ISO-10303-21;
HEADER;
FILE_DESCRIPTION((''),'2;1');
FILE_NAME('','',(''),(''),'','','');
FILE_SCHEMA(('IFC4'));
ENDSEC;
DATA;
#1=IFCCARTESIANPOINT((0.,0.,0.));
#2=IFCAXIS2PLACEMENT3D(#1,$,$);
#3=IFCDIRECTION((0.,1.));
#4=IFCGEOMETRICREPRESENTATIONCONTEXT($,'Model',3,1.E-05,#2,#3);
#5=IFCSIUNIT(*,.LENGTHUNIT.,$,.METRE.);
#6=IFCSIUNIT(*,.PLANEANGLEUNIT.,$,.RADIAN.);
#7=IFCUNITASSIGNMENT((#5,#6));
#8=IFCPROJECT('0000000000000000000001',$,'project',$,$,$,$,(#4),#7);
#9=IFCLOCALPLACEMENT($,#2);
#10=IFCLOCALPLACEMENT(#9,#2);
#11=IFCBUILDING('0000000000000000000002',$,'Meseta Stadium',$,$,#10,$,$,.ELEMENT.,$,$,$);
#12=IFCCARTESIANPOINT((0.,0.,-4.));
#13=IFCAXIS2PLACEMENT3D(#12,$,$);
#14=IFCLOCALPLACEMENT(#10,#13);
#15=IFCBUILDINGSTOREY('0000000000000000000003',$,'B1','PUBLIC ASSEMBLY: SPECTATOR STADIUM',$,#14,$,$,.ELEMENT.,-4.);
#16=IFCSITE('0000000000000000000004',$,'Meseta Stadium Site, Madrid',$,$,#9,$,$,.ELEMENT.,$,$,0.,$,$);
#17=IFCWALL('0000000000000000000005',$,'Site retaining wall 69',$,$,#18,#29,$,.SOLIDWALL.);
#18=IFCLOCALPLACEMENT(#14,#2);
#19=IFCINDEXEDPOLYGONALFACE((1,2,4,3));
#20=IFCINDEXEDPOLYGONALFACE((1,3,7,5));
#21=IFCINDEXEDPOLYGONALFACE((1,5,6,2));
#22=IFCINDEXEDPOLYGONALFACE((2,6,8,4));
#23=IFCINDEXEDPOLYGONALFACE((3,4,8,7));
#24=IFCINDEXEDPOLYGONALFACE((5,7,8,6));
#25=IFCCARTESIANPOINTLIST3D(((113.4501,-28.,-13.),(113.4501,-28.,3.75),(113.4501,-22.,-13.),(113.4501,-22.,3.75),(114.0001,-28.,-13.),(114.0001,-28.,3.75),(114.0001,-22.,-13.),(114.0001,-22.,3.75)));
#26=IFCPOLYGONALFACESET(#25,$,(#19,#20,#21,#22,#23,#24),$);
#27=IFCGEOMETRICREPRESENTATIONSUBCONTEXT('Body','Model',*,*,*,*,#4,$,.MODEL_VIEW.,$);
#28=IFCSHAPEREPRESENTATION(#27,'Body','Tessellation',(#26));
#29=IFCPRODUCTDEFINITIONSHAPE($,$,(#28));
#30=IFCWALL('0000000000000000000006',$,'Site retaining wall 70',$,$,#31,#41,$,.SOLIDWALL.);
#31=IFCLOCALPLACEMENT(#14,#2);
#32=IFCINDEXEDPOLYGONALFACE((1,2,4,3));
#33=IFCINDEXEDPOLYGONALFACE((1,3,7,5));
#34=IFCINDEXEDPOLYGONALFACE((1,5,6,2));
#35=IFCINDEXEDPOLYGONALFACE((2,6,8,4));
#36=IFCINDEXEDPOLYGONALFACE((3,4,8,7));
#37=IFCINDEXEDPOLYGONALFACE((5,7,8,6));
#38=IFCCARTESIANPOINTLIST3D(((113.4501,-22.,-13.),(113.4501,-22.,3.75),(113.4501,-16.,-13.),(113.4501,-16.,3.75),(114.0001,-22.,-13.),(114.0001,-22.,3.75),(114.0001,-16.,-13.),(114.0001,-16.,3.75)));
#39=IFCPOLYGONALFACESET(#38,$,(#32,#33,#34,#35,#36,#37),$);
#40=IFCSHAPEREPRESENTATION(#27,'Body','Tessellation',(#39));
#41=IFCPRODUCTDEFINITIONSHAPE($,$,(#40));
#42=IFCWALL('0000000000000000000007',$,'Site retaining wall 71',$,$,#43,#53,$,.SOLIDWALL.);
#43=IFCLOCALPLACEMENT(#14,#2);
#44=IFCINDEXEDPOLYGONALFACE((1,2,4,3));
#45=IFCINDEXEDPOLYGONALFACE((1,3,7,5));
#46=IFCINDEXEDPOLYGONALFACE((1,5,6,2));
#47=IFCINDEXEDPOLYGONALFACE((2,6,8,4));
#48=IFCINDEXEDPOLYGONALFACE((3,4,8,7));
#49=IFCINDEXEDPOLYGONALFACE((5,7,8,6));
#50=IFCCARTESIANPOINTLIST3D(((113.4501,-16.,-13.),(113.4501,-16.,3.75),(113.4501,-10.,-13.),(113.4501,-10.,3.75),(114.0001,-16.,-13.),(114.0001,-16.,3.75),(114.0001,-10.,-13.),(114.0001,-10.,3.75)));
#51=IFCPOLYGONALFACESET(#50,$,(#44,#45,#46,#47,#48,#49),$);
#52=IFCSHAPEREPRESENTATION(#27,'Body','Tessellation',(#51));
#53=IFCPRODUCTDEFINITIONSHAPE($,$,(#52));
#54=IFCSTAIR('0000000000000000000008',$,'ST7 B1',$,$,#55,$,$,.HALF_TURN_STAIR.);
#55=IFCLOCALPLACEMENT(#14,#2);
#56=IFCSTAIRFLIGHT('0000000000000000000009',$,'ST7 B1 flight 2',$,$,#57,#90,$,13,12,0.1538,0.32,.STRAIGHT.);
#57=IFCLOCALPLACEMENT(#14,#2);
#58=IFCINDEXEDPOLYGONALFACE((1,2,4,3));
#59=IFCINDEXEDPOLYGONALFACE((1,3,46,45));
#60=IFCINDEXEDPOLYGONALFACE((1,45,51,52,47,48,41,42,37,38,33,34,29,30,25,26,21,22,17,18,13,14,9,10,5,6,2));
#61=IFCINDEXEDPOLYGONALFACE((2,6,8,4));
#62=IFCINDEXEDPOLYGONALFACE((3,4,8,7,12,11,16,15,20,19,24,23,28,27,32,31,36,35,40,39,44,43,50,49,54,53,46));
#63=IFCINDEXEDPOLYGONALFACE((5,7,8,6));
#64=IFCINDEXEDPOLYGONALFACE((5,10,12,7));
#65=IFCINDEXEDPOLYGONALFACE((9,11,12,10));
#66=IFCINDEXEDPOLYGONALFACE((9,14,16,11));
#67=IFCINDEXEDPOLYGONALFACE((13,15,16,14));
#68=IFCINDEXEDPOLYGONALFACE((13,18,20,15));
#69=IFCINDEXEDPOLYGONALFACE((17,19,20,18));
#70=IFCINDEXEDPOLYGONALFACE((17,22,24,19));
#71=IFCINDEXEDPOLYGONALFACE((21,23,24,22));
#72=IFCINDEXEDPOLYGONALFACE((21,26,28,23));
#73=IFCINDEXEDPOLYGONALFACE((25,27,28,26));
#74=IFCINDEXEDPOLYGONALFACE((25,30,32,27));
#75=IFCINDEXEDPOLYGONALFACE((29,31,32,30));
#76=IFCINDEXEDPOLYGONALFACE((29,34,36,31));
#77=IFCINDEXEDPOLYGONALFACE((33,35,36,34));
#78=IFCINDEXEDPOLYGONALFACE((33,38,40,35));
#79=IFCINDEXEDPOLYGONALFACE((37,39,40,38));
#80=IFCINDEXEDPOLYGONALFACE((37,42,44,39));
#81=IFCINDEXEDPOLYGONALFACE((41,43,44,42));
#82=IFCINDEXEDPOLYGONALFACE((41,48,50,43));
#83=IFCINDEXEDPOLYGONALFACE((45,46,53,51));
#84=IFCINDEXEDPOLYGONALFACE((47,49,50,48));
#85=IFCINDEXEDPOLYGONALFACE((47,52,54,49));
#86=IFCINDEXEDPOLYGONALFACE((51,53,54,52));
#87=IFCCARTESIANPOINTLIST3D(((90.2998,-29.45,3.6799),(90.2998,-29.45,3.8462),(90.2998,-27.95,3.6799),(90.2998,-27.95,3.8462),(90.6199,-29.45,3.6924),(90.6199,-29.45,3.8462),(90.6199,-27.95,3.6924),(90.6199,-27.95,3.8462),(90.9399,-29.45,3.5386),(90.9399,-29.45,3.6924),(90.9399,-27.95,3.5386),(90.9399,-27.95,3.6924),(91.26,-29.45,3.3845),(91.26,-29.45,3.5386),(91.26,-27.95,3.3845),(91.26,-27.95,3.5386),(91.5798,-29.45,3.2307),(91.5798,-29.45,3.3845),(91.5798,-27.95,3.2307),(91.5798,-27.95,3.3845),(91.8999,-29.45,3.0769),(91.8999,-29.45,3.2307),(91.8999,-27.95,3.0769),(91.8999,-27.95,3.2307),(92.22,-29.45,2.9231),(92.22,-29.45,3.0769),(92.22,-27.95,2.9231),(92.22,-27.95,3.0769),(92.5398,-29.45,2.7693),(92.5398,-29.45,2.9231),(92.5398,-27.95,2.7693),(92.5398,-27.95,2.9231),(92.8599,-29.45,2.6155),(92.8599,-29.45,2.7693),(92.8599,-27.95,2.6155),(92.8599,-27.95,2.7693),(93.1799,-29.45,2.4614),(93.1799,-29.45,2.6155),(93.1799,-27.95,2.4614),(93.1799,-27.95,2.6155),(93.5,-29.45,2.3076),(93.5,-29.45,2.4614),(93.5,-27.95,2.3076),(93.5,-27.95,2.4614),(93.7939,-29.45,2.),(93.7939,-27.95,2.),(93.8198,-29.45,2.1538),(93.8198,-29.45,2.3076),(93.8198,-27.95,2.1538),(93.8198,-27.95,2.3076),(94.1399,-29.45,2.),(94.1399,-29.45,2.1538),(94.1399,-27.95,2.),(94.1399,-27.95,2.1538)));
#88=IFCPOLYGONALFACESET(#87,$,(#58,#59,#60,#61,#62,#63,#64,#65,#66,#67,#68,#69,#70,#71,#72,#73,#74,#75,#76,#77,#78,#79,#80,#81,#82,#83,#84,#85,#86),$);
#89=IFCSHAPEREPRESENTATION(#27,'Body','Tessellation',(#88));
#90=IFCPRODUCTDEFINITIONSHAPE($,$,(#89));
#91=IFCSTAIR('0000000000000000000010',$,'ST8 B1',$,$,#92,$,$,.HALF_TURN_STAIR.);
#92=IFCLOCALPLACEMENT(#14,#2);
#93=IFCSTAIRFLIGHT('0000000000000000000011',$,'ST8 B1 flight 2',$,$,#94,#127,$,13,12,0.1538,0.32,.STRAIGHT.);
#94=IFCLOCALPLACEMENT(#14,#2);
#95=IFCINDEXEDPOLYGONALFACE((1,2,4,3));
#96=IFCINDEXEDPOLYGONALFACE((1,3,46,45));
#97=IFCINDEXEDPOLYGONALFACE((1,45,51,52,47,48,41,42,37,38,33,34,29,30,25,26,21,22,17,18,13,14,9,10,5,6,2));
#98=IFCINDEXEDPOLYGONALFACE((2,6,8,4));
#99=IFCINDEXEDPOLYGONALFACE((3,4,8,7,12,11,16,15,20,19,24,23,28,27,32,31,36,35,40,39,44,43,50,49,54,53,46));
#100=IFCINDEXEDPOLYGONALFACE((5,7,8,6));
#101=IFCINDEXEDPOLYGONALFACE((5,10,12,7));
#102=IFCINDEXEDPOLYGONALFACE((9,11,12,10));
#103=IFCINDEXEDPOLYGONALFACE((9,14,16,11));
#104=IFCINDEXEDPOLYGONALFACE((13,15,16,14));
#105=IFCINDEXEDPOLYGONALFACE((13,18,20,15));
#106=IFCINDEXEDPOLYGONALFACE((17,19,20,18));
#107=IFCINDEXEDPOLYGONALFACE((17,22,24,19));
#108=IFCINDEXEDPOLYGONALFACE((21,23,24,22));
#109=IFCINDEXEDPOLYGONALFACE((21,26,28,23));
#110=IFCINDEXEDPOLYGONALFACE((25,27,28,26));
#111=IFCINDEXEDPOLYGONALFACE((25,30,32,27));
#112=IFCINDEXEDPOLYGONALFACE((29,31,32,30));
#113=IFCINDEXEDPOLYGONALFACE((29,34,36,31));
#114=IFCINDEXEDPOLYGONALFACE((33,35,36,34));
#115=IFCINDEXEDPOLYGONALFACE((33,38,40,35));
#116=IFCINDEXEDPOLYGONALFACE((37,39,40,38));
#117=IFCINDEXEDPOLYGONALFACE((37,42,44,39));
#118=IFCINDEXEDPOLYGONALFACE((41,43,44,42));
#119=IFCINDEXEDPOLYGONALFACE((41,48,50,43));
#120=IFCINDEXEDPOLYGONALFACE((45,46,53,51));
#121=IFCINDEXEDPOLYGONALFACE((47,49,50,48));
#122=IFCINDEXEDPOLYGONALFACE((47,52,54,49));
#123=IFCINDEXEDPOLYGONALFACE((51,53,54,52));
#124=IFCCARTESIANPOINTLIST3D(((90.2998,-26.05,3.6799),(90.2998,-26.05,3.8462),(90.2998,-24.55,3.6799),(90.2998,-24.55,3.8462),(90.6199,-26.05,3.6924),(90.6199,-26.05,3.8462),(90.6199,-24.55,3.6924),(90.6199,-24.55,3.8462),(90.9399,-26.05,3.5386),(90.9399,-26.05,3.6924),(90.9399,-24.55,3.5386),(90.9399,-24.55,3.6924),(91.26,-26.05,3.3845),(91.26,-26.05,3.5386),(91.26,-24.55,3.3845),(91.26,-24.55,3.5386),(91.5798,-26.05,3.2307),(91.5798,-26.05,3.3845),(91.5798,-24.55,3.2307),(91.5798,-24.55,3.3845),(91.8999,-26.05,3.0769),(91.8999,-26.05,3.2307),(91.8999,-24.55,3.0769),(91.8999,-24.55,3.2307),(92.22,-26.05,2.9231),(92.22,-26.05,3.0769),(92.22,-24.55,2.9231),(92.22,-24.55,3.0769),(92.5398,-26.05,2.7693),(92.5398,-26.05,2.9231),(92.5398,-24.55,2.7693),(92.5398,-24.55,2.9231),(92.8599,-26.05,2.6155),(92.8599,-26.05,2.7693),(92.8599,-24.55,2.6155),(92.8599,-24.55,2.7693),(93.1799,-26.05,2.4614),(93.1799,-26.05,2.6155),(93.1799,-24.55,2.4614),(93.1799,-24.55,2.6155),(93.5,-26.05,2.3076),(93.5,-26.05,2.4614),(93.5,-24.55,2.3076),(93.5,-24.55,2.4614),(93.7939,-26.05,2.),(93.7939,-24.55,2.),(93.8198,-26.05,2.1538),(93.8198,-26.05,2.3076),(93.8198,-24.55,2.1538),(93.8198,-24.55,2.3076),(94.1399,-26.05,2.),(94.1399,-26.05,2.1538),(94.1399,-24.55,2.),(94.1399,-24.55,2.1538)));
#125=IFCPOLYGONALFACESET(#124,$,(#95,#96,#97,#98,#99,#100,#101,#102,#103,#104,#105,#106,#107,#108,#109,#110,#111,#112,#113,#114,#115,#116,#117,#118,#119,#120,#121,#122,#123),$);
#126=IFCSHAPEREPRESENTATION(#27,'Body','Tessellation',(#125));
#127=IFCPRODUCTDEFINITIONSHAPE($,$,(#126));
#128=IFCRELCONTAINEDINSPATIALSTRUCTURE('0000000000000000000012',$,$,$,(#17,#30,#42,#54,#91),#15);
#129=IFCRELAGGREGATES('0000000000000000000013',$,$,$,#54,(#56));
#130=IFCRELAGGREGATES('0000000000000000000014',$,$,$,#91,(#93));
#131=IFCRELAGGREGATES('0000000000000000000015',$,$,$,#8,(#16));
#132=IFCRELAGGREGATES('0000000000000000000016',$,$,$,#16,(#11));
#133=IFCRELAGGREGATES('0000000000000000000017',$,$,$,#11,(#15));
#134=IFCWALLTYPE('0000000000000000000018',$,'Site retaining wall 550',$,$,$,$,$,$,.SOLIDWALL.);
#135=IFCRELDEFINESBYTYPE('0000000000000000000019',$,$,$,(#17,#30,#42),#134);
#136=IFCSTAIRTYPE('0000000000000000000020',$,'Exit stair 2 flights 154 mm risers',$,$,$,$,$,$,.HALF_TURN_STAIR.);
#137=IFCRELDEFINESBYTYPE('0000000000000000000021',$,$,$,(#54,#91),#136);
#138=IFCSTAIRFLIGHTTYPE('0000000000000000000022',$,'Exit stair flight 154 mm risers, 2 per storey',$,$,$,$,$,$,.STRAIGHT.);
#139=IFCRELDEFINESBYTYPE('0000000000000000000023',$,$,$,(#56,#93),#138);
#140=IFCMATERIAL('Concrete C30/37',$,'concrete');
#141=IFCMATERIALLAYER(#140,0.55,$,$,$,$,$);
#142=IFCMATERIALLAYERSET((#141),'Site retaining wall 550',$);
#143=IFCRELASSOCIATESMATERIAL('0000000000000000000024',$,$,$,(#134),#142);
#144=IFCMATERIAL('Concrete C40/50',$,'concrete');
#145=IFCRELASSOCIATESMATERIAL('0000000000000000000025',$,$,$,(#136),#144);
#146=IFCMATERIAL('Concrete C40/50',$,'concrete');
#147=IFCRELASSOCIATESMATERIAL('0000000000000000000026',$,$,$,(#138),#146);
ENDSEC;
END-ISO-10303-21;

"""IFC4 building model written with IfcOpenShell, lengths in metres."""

from ifc_helpers import new_model, si_unit, direction, frame, frame_2d, origin, place, context, subcontext, project, spatial, polyline, rectangle, outline, extrude, material, layer, layer_set, type_object, element, aggregate, save


model = new_model("IFC4")

# Units and contexts
model_context = context("Model", 3, precision=1e-05, world=origin(), true_north=direction((0.0, 1.0)))
body_context = subcontext(model_context, "Body", "Model", "MODEL_VIEW")
ifc_project = project(units=[si_unit("LENGTHUNIT", "METRE"), si_unit("PLANEANGLEUNIT", "RADIAN")], contexts=[model_context])

# Site, building, storey
site_placement = place(None, origin())
site = spatial("IfcSite", under=ifc_project, at=site_placement, Name="Meseta Stadium Site, Madrid", CompositionType="ELEMENT", RefElevation=0.0)
building_placement = place(site_placement, origin())
building = spatial("IfcBuilding", under=site, at=building_placement, Name="Meseta Stadium", CompositionType="ELEMENT")
storey_placement = place(building_placement, frame((0.0, 0.0, -4.0)))
storey = spatial("IfcBuildingStorey", under=building, at=storey_placement, Name="B1", Description="PUBLIC ASSEMBLY: SPECTATOR STADIUM", CompositionType="ELEMENT", Elevation=-4.0)

# Walls
ifc_material_1 = material(Name="Concrete C30/37", Category="concrete")
ifc_layer_1 = layer(ifc_material_1, 0.55)
ifc_layer_set_1 = layer_set([ifc_layer_1], Name="Site retaining wall 550")
wall_type_1 = type_object("IfcWallType", Name="Site retaining wall 550", PredefinedType="SOLIDWALL", material=ifc_layer_set_1)
for number, where, z_axis, x_axis, name in (
    (1, (113.7251, -28.0, -13.0), (0.0, 0.0, 1.0), (0.0, 1.0, 0.0), "Site retaining wall 69"),
    (2, (113.7251, -22.0, -13.0), (0.0, 0.0, 1.0), (0.0, 1.0, 0.0), "Site retaining wall 70"),
    (3, (113.7251, -16.0, -13.0), (0.0, 0.0, 1.0), (0.0, 1.0, 0.0), "Site retaining wall 71"),
):
    element("IfcWall", number, at=place(storey_placement, frame(where, z_axis=z_axis, x_axis=x_axis)), inside=storey, type_object=wall_type_1, Name=name, PredefinedType="SOLIDWALL", context=body_context, shape_type="SweptSolid", body=[
        extrude(rectangle(XDim=6.0, YDim=0.55, at=frame_2d((3.0, 0.0))), origin(), (0.0, 0.0, 1.0), 16.75),
    ])

# Stairs, stair flights
ifc_material_2 = material(Name="Concrete C40/50", Category="concrete")
stair_type = type_object("IfcStairType", Name="Exit stair 2 flights 154 mm risers", PredefinedType="HALF_TURN_STAIR", material=ifc_material_2)
stair_1_placement = place(storey_placement, origin())
stair_1 = element("IfcStair", 4, at=stair_1_placement, inside=storey, type_object=stair_type, Name="ST7 B1", PredefinedType="HALF_TURN_STAIR")
ifc_material_3 = material(Name="Concrete C40/50", Category="concrete")
stair_flight_type = type_object("IfcStairFlightType", Name="Exit stair flight 154 mm risers, 2 per storey", PredefinedType="STRAIGHT", material=ifc_material_3)
stair_flight_1_placement = place(storey_placement, frame((94.1399, -28.7, 2.0), z_axis=(0.0, 0.0, 1.0), x_axis=(-1.0, 0.0, 0.0)))
stair_flight_1 = element("IfcStairFlight", 5, at=stair_flight_1_placement, type_object=stair_flight_type, Name="ST7 B1 flight 2", NumberOfRisers=13, NumberOfTreads=12, PredefinedType="STRAIGHT", RiserHeight=0.1538, TreadLength=0.32, context=body_context, shape_type="SweptSolid", body=[
    extrude(outline(polyline([(0.0, 0.0), (0.0, 0.1538), (0.3201, 0.1538), (0.3201, 0.3076), (0.6399, 0.3076), (0.6399, 0.4614), (0.96, 0.4614), (0.96, 0.6155), (1.28, 0.6155), (1.28, 0.7693), (1.6001, 0.7693), (1.6001, 0.9231), (1.9199, 0.9231), (1.9199, 1.0769), (2.24, 1.0769), (2.24, 1.2307), (2.5601, 1.2307), (2.5601, 1.3845), (2.8799, 1.3845), (2.8799, 1.5386), (3.2, 1.5386), (3.2, 1.6924), (3.52, 1.6924), (3.52, 1.8462), (3.8401, 1.8462), (3.8401, 1.6799), (0.3459, 0.0), (0.0, 0.0)])), frame((0.0, 0.75, 0.0), z_axis=(0.0, -1.0, 0.0), x_axis=(1.0, 0.0, 0.0)), (0.0, 0.0, 1.0), 1.5),
])
aggregate(stair_1, [stair_flight_1])
stair_2_placement = place(storey_placement, origin())
stair_2 = element("IfcStair", 6, at=stair_2_placement, inside=storey, type_object=stair_type, Name="ST8 B1", PredefinedType="HALF_TURN_STAIR")
stair_flight_2_placement = place(storey_placement, frame((94.1399, -25.3, 2.0), z_axis=(0.0, 0.0, 1.0), x_axis=(-1.0, 0.0, 0.0)))
stair_flight_2 = element("IfcStairFlight", 7, at=stair_flight_2_placement, type_object=stair_flight_type, Name="ST8 B1 flight 2", NumberOfRisers=13, NumberOfTreads=12, PredefinedType="STRAIGHT", RiserHeight=0.1538, TreadLength=0.32, context=body_context, shape_type="SweptSolid", body=[
    extrude(outline(polyline([(0.0, 0.0), (0.0, 0.1538), (0.3201, 0.1538), (0.3201, 0.3076), (0.6399, 0.3076), (0.6399, 0.4614), (0.96, 0.4614), (0.96, 0.6155), (1.28, 0.6155), (1.28, 0.7693), (1.6001, 0.7693), (1.6001, 0.9231), (1.9199, 0.9231), (1.9199, 1.0769), (2.24, 1.0769), (2.24, 1.2307), (2.5601, 1.2307), (2.5601, 1.3845), (2.8799, 1.3845), (2.8799, 1.5386), (3.2, 1.5386), (3.2, 1.6924), (3.52, 1.6924), (3.52, 1.8462), (3.8401, 1.8462), (3.8401, 1.6799), (0.3459, 0.0), (0.0, 0.0)])), frame((0.0, 0.75, 0.0), z_axis=(0.0, -1.0, 0.0), x_axis=(1.0, 0.0, 0.0)), (0.0, 0.0, 1.0), 1.5),
])
aggregate(stair_2, [stair_flight_2])

save(model, "model.ifc")
